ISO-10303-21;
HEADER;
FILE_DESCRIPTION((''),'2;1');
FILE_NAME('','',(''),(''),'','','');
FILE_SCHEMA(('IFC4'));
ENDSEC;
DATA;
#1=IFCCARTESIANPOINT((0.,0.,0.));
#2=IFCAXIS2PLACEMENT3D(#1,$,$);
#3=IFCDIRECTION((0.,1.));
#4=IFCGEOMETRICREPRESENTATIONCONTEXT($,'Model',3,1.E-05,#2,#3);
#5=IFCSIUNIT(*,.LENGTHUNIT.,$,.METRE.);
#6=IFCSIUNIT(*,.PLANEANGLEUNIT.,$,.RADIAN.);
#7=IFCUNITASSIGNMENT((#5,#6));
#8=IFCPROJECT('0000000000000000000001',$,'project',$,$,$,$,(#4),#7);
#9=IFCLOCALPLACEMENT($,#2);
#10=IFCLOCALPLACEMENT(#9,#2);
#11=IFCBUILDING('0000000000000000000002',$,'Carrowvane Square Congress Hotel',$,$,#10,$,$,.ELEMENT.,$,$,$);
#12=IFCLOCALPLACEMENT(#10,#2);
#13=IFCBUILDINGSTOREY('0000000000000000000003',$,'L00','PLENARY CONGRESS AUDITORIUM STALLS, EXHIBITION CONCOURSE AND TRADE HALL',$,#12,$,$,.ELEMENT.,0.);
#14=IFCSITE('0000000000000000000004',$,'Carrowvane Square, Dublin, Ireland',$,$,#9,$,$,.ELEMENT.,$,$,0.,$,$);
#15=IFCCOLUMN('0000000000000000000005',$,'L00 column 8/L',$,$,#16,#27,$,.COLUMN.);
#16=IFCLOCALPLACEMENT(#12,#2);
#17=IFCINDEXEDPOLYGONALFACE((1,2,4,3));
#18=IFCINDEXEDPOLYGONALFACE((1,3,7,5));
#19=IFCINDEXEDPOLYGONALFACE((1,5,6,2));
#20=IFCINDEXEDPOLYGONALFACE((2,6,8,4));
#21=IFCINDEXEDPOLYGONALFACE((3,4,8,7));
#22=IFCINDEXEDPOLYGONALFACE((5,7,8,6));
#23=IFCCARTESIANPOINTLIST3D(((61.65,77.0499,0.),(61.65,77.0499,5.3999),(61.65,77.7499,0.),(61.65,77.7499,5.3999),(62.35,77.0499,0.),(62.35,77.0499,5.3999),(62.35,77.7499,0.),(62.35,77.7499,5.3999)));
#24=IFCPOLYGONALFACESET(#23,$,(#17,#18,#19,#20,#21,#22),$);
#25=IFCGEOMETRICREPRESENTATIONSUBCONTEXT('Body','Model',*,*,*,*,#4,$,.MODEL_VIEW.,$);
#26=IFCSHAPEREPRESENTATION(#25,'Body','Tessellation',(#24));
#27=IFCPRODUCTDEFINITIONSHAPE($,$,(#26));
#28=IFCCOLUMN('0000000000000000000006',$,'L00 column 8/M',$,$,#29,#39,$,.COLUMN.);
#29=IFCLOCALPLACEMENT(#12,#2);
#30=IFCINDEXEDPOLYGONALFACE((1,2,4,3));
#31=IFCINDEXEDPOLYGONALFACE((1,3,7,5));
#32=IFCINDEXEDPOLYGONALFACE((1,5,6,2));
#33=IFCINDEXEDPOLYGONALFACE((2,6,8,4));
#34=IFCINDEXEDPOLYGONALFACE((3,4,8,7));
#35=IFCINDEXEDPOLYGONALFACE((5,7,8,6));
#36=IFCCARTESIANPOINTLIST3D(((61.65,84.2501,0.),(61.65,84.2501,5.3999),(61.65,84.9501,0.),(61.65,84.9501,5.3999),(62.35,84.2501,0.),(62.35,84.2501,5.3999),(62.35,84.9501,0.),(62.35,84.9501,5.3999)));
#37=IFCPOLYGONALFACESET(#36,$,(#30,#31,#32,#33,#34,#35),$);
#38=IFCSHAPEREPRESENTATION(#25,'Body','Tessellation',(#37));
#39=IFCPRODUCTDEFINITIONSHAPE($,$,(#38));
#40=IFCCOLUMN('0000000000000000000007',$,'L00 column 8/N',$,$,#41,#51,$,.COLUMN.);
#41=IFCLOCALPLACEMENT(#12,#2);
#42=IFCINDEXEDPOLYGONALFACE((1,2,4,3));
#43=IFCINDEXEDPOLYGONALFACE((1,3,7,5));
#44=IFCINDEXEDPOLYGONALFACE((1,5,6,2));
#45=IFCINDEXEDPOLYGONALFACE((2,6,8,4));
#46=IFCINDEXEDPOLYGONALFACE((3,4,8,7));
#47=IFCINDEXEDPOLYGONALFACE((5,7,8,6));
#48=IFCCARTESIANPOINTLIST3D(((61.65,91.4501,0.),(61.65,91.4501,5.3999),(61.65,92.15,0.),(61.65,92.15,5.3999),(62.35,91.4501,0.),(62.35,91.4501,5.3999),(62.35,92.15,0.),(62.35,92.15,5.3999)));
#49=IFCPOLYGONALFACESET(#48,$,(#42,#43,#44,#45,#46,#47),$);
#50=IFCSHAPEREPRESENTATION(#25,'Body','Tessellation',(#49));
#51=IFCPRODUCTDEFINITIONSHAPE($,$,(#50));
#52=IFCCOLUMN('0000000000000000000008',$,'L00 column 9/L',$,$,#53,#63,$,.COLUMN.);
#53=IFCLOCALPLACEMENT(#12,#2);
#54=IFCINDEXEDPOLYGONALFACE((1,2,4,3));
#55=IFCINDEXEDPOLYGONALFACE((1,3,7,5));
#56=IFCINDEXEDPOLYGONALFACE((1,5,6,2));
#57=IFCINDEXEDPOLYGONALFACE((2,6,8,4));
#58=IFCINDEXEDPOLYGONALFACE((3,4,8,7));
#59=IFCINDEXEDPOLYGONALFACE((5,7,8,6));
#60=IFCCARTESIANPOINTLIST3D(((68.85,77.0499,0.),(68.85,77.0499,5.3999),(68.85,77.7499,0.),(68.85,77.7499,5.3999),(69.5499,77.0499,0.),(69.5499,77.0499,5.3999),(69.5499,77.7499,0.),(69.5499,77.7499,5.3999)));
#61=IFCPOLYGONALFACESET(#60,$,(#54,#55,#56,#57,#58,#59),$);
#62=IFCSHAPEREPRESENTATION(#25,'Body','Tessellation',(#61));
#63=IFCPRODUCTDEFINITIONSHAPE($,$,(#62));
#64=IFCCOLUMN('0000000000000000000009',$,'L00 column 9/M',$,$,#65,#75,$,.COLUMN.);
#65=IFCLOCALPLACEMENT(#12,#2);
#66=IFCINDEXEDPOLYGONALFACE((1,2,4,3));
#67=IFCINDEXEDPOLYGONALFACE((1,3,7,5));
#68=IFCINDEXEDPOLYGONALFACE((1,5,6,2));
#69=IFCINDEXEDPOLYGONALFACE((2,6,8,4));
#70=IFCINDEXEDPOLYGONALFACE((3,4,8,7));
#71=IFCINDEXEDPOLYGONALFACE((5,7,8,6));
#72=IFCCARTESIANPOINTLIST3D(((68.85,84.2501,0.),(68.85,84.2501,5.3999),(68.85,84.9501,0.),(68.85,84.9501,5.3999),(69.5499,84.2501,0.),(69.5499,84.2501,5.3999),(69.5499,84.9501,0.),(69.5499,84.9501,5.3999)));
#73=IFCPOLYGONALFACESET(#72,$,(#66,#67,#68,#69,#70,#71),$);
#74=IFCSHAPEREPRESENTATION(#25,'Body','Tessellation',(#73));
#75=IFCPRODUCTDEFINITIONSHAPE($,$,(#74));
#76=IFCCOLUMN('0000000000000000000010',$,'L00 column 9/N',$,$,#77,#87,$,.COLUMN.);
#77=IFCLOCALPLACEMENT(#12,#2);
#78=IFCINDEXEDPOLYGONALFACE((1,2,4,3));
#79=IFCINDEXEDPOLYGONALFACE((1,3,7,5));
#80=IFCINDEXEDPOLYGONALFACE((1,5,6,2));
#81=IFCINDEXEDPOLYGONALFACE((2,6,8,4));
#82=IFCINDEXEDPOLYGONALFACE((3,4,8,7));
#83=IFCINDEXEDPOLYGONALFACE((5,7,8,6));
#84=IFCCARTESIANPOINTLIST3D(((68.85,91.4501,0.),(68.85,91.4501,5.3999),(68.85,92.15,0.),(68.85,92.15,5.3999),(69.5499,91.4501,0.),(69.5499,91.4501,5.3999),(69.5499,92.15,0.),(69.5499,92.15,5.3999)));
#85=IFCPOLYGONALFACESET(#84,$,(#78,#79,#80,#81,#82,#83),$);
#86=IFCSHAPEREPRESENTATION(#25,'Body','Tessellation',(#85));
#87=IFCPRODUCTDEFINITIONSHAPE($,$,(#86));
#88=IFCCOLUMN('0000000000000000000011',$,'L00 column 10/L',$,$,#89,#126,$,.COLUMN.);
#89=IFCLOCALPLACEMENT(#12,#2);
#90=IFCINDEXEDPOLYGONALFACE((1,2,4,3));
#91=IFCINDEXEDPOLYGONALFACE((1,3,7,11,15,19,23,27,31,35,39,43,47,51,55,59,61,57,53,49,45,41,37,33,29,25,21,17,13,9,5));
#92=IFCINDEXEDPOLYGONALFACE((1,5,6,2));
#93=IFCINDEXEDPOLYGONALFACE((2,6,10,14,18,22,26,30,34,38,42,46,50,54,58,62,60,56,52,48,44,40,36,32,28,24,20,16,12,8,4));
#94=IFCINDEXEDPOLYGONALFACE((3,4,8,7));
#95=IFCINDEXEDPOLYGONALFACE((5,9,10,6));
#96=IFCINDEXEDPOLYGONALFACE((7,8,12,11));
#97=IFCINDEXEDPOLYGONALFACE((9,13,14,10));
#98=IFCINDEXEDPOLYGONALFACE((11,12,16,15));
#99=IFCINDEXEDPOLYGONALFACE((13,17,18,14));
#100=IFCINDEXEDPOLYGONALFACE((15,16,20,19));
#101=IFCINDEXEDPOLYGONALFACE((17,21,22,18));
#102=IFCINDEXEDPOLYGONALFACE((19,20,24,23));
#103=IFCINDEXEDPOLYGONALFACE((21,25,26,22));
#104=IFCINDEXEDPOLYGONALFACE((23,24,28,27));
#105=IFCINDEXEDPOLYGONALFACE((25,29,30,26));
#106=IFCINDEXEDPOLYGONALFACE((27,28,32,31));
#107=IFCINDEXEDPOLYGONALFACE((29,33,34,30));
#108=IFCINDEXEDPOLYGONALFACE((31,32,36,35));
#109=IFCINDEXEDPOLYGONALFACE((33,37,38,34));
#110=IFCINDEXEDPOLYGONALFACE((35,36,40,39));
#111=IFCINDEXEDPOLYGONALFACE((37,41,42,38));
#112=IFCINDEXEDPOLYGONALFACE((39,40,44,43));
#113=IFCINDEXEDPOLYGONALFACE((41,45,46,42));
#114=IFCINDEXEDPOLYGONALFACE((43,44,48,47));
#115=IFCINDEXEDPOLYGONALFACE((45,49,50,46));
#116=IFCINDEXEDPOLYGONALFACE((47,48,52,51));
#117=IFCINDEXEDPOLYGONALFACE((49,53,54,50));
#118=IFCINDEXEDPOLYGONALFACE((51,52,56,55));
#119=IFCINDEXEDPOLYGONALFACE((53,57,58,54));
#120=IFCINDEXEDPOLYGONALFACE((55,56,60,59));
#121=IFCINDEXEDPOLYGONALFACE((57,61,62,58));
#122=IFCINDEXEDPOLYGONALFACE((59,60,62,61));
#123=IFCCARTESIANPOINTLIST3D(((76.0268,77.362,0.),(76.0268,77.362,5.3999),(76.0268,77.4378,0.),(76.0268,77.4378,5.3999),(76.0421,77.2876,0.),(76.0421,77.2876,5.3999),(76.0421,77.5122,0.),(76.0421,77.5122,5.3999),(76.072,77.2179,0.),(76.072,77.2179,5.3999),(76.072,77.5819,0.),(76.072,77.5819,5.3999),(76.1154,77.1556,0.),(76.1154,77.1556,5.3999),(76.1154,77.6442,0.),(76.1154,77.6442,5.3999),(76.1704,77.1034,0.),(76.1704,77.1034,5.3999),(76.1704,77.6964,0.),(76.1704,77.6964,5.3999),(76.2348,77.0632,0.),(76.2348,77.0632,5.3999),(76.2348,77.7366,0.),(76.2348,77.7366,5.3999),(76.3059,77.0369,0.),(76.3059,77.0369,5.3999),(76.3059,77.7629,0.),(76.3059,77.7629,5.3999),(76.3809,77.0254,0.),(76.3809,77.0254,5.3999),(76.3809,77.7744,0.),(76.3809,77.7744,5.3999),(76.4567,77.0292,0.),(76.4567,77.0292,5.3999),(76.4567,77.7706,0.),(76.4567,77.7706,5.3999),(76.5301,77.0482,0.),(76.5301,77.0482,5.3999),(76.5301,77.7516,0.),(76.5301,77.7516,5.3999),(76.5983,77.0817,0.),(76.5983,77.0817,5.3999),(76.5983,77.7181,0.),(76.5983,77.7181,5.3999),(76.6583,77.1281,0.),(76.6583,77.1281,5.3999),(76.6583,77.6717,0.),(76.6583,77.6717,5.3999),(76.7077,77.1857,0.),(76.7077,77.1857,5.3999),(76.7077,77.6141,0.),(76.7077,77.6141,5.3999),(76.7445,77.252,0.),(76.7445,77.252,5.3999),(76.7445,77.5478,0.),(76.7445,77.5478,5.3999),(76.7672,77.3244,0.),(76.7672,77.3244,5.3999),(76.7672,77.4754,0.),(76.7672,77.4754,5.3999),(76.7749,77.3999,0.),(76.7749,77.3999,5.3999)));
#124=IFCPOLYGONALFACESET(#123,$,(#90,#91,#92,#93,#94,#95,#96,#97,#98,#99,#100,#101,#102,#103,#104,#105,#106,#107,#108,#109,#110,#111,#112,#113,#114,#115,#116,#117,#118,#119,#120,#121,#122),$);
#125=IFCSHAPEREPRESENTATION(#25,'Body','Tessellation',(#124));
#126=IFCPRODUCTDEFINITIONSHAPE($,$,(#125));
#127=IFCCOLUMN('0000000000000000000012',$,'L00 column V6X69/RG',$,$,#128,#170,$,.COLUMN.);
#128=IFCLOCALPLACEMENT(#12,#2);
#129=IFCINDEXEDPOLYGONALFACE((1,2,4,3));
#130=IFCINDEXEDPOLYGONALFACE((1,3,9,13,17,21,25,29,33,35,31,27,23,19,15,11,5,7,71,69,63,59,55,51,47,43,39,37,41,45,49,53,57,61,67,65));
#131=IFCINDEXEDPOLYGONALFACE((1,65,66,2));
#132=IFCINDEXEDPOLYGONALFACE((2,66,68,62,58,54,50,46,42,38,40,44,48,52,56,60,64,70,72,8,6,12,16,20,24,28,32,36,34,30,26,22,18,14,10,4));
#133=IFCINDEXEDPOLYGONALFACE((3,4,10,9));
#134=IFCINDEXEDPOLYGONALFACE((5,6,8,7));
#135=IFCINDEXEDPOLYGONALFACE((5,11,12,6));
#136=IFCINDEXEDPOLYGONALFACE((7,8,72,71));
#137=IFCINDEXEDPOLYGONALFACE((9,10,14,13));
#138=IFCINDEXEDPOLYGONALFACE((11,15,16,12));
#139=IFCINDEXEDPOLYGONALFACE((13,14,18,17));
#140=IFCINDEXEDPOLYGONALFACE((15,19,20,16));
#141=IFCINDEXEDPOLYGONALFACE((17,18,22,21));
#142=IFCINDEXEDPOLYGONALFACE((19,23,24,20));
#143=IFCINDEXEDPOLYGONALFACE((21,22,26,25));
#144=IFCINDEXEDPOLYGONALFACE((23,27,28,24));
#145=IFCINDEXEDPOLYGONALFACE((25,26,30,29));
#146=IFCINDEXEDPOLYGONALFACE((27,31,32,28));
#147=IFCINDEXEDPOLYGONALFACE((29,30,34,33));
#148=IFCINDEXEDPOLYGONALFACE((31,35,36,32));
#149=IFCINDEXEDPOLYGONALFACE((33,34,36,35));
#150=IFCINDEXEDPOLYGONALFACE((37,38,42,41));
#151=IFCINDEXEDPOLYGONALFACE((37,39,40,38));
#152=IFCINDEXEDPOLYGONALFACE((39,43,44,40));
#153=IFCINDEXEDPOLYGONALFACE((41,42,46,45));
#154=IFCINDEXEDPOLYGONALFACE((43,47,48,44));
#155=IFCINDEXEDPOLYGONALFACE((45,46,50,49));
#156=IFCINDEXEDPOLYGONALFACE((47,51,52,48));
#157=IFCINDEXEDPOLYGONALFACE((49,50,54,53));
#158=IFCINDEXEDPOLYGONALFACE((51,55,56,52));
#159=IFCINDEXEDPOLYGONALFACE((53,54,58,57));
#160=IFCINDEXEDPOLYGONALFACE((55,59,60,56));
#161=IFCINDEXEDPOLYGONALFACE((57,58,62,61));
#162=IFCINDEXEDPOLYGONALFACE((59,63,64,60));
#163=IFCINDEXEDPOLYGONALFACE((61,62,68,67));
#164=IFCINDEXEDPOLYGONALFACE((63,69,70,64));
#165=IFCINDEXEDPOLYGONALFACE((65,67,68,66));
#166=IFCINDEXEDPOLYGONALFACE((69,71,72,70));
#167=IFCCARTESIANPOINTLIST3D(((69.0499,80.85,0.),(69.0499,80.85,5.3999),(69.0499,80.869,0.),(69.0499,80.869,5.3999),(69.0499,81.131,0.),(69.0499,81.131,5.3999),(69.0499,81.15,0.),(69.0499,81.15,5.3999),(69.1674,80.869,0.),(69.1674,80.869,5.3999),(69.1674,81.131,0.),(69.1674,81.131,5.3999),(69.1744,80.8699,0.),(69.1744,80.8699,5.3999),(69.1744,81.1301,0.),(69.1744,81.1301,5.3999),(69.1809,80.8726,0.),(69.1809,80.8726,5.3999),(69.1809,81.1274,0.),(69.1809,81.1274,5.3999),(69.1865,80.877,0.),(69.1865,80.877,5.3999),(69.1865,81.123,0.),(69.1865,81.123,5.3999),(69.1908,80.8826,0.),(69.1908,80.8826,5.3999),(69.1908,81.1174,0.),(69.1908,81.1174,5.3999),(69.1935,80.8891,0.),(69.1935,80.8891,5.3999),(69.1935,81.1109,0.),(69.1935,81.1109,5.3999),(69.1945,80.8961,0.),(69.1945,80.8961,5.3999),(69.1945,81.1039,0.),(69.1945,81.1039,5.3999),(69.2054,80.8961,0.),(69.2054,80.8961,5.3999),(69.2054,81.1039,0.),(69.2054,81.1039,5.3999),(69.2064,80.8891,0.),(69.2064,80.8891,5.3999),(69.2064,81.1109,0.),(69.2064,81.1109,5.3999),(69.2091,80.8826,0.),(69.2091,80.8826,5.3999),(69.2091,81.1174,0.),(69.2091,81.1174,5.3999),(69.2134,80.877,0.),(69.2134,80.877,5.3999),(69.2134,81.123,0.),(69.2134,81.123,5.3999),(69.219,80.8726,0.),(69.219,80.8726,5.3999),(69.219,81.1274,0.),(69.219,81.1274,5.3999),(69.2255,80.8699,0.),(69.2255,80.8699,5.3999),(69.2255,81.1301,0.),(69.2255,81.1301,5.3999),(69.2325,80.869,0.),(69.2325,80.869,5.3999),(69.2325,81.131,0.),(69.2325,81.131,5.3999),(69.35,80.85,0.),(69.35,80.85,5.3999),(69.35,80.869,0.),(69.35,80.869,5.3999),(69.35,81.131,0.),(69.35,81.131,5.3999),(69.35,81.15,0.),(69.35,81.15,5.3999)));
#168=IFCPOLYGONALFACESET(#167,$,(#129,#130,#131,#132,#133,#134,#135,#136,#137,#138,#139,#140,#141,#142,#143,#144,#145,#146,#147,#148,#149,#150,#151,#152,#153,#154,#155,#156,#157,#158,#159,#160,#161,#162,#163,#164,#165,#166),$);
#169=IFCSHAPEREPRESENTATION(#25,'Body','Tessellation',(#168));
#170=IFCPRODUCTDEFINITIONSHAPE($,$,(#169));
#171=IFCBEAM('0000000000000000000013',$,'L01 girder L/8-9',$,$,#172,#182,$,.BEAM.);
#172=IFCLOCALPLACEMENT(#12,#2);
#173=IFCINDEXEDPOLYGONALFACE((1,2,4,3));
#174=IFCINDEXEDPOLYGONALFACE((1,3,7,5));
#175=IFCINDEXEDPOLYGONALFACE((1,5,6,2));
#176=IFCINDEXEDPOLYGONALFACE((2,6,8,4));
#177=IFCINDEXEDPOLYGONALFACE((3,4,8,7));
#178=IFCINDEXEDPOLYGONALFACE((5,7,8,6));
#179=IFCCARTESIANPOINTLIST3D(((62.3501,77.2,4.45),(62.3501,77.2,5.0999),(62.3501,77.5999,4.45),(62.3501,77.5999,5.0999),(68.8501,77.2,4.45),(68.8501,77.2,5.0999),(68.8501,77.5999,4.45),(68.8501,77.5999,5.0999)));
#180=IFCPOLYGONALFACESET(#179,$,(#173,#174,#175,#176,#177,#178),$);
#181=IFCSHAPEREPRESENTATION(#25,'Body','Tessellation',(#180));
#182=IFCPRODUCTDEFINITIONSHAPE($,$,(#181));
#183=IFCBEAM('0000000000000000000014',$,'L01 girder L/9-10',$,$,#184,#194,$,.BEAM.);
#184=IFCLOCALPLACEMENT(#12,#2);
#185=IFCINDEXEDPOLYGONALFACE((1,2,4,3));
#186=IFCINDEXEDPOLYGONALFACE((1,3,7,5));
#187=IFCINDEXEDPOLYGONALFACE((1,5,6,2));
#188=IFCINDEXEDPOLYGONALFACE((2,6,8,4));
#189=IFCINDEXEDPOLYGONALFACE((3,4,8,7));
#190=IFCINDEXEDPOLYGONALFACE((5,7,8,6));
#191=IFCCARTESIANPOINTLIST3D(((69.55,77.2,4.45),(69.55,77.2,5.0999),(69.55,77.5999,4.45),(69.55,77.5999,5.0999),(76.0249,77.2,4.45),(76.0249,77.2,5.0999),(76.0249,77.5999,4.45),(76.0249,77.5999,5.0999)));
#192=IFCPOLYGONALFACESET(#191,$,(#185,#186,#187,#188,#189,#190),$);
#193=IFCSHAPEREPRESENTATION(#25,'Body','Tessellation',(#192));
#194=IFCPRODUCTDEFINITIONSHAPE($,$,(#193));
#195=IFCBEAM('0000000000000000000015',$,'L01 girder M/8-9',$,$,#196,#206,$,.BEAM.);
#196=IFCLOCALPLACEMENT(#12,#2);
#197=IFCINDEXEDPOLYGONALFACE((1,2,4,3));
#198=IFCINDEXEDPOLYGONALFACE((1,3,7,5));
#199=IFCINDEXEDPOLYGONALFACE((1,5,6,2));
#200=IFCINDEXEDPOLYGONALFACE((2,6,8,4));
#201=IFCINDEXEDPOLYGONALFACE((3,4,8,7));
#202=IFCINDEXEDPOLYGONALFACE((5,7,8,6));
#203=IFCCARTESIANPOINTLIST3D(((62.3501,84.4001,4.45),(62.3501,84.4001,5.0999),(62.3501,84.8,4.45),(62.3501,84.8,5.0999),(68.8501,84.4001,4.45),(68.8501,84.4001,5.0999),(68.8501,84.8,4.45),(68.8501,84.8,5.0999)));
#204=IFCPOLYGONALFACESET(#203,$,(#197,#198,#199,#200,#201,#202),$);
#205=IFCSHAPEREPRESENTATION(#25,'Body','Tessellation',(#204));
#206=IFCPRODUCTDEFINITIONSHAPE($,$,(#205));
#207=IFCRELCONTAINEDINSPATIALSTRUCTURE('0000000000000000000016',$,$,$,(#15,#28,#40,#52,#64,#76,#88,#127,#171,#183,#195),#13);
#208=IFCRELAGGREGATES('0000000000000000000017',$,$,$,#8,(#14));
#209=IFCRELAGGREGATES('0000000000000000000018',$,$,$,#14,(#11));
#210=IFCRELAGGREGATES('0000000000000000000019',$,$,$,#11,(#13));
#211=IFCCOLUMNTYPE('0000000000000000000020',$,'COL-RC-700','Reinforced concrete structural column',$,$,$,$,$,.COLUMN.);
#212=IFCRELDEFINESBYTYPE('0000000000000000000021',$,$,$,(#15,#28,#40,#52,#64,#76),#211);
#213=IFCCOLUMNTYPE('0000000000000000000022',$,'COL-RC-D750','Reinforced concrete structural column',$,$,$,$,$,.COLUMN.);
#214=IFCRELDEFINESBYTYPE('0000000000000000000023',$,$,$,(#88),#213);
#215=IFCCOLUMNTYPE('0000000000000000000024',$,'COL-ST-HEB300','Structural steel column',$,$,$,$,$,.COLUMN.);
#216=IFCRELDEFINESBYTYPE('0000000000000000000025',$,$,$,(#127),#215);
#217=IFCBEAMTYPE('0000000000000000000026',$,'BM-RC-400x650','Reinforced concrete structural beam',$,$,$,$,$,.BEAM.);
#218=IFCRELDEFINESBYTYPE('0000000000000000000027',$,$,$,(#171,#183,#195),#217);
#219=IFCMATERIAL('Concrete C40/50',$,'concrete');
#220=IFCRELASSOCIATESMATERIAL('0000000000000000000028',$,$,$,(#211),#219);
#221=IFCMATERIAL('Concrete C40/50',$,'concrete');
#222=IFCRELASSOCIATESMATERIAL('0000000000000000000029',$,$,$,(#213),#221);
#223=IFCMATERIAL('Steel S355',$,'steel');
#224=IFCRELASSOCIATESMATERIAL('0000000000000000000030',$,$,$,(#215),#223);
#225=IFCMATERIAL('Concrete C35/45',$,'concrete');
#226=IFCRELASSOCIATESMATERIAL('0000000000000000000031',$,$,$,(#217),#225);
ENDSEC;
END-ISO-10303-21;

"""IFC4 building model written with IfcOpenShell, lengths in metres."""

from ifc_helpers import new_model, si_unit, direction, frame, origin, origin_2d, place, context, subcontext, project, spatial, rectangle, circle, i_section, extrude, material, material_profile, profile_set, type_object, element, save


model = new_model("IFC4")

# Units and contexts
model_context = context("Model", 3, precision=1e-05, world=origin(), true_north=direction((0.0, 1.0)))
body_context = subcontext(model_context, "Body", "Model", "MODEL_VIEW")
ifc_project = project(units=[si_unit("LENGTHUNIT", "METRE"), si_unit("PLANEANGLEUNIT", "RADIAN")], contexts=[model_context])

# Site, building, storey
site_placement = place(None, origin())
site = spatial("IfcSite", under=ifc_project, at=site_placement, Name="Carrowvane Square, Dublin, Ireland", CompositionType="ELEMENT", RefElevation=0.0)
building_placement = place(site_placement, origin())
building = spatial("IfcBuilding", under=site, at=building_placement, Name="Carrowvane Square Congress Hotel", CompositionType="ELEMENT")
storey_placement = place(building_placement, origin())
storey = spatial("IfcBuildingStorey", under=building, at=storey_placement, Name="L00", Description="PLENARY CONGRESS AUDITORIUM STALLS, EXHIBITION CONCOURSE AND TRADE HALL", CompositionType="ELEMENT", Elevation=0.0)

# Columns
ifc_material_1 = material(Name="Concrete C40/50", Category="concrete")
ifc_material_profile_1 = material_profile(ifc_material_1, rectangle(XDim=0.7, YDim=0.7, at=origin_2d()), Name="RC 700x700")
ifc_profile_set_1 = profile_set([ifc_material_profile_1], Name="Concrete C40/50")
column_type_1 = type_object("IfcColumnType", Name="COL-RC-700", Description="Reinforced concrete structural column", PredefinedType="COLUMN", material=ifc_profile_set_1)
for number, where, z_axis, x_axis, name in (
    (1, (62.0, 77.3999, 0.0), (0.0, 0.0, 1.0), (1.0, 0.0, 0.0), "L00 column 8/L"),
    (2, (62.0, 84.6001, 0.0), (0.0, 0.0, 1.0), (1.0, 0.0, 0.0), "L00 column 8/M"),
    (3, (62.0, 91.8, 0.0), (0.0, 0.0, 1.0), (1.0, 0.0, 0.0), "L00 column 8/N"),
    (4, (69.2, 77.3999, 0.0), (0.0, 0.0, 1.0), (1.0, 0.0, 0.0), "L00 column 9/L"),
    (5, (69.2, 84.6001, 0.0), (0.0, 0.0, 1.0), (1.0, 0.0, 0.0), "L00 column 9/M"),
    (6, (69.2, 91.8, 0.0), (0.0, 0.0, 1.0), (1.0, 0.0, 0.0), "L00 column 9/N"),
):
    element("IfcColumn", number, at=place(storey_placement, frame(where, z_axis=z_axis, x_axis=x_axis)), inside=storey, type_object=column_type_1, Name=name, PredefinedType="COLUMN", context=body_context, shape_type="SweptSolid", body=[
        extrude(rectangle(XDim=0.7, YDim=0.7, at=origin_2d()), origin(), (0.0, 0.0, 1.0), 5.3999),
    ])
ifc_material_2 = material(Name="Concrete C40/50", Category="concrete")
ifc_material_profile_2 = material_profile(ifc_material_2, circle(Radius=0.375, at=origin_2d()), Name="RC D750")
ifc_profile_set_2 = profile_set([ifc_material_profile_2], Name="Concrete C40/50")
column_type_2 = type_object("IfcColumnType", Name="COL-RC-D750", Description="Reinforced concrete structural column", PredefinedType="COLUMN", material=ifc_profile_set_2)
column_1_placement = place(storey_placement, frame((76.3999, 77.3999, 0.0), z_axis=(0.0, 0.0, 1.0), x_axis=(1.0, 0.0, 0.0)))
element("IfcColumn", 7, at=column_1_placement, inside=storey, type_object=column_type_2, Name="L00 column 10/L", PredefinedType="COLUMN", context=body_context, shape_type="SweptSolid", body=[
    extrude(circle(Radius=0.375, at=origin_2d()), origin(), (0.0, 0.0, 1.0), 5.3999),
])
ifc_material_3 = material(Name="Steel S355", Category="steel")
ifc_material_profile_3 = material_profile(ifc_material_3, i_section(OverallWidth=0.3, OverallDepth=0.3, WebThickness=0.011, FlangeThickness=0.019, FilletRadius=0.0271, at=origin_2d()), Name="HEB 300")
ifc_profile_set_3 = profile_set([ifc_material_profile_3], Name="Steel S355")
column_type_3 = type_object("IfcColumnType", Name="COL-ST-HEB300", Description="Structural steel column", PredefinedType="COLUMN", material=ifc_profile_set_3)
column_2_placement = place(storey_placement, frame((69.2, 81.0, 0.0), z_axis=(0.0, 0.0, 1.0), x_axis=(1.0, 0.0, 0.0)))
element("IfcColumn", 8, at=column_2_placement, inside=storey, type_object=column_type_3, Name="L00 column V6X69/RG", PredefinedType="COLUMN", context=body_context, shape_type="SweptSolid", body=[
    extrude(i_section(OverallWidth=0.3, OverallDepth=0.3, WebThickness=0.011, FlangeThickness=0.019, FilletRadius=0.0271, at=origin_2d()), origin(), (0.0, 0.0, 1.0), 5.3999),
])

# Beams
ifc_material_4 = material(Name="Concrete C35/45", Category="concrete")
ifc_material_profile_4 = material_profile(ifc_material_4, rectangle(XDim=0.3999, YDim=0.6499, at=origin_2d()), Name="RC 400x650")
ifc_profile_set_4 = profile_set([ifc_material_profile_4], Name="Concrete C35/45")
beam_type_1 = type_object("IfcBeamType", Name="BM-RC-400x650", Description="Reinforced concrete structural beam", PredefinedType="BEAM", material=ifc_profile_set_4)
beam_1_placement = place(storey_placement, frame((62.3501, 77.3999, 4.7749), z_axis=(1.0, 0.0, 0.0), x_axis=(0.0, 1.0, 0.0)))
element("IfcBeam", 9, at=beam_1_placement, inside=storey, type_object=beam_type_1, Name="L01 girder L/8-9", PredefinedType="BEAM", context=body_context, shape_type="SweptSolid", body=[
    extrude(rectangle(XDim=0.3999, YDim=0.6499, at=origin_2d()), origin(), (0.0, 0.0, 1.0), 6.5),
])
beam_2_placement = place(storey_placement, frame((69.55, 77.3999, 4.7749), z_axis=(1.0, 0.0, 0.0), x_axis=(0.0, 1.0, 0.0)))
element("IfcBeam", 10, at=beam_2_placement, inside=storey, type_object=beam_type_1, Name="L01 girder L/9-10", PredefinedType="BEAM", context=body_context, shape_type="SweptSolid", body=[
    extrude(rectangle(XDim=0.3999, YDim=0.6499, at=origin_2d()), origin(), (0.0, 0.0, 1.0), 6.4749),
])
beam_3_placement = place(storey_placement, frame((62.3501, 84.6001, 4.7749), z_axis=(1.0, 0.0, 0.0), x_axis=(0.0, 1.0, 0.0)))
element("IfcBeam", 11, at=beam_3_placement, inside=storey, type_object=beam_type_1, Name="L01 girder M/8-9", PredefinedType="BEAM", context=body_context, shape_type="SweptSolid", body=[
    extrude(rectangle(XDim=0.3999, YDim=0.6499, at=origin_2d()), origin(), (0.0, 0.0, 1.0), 6.5),
])

save(model, "model.ifc")
